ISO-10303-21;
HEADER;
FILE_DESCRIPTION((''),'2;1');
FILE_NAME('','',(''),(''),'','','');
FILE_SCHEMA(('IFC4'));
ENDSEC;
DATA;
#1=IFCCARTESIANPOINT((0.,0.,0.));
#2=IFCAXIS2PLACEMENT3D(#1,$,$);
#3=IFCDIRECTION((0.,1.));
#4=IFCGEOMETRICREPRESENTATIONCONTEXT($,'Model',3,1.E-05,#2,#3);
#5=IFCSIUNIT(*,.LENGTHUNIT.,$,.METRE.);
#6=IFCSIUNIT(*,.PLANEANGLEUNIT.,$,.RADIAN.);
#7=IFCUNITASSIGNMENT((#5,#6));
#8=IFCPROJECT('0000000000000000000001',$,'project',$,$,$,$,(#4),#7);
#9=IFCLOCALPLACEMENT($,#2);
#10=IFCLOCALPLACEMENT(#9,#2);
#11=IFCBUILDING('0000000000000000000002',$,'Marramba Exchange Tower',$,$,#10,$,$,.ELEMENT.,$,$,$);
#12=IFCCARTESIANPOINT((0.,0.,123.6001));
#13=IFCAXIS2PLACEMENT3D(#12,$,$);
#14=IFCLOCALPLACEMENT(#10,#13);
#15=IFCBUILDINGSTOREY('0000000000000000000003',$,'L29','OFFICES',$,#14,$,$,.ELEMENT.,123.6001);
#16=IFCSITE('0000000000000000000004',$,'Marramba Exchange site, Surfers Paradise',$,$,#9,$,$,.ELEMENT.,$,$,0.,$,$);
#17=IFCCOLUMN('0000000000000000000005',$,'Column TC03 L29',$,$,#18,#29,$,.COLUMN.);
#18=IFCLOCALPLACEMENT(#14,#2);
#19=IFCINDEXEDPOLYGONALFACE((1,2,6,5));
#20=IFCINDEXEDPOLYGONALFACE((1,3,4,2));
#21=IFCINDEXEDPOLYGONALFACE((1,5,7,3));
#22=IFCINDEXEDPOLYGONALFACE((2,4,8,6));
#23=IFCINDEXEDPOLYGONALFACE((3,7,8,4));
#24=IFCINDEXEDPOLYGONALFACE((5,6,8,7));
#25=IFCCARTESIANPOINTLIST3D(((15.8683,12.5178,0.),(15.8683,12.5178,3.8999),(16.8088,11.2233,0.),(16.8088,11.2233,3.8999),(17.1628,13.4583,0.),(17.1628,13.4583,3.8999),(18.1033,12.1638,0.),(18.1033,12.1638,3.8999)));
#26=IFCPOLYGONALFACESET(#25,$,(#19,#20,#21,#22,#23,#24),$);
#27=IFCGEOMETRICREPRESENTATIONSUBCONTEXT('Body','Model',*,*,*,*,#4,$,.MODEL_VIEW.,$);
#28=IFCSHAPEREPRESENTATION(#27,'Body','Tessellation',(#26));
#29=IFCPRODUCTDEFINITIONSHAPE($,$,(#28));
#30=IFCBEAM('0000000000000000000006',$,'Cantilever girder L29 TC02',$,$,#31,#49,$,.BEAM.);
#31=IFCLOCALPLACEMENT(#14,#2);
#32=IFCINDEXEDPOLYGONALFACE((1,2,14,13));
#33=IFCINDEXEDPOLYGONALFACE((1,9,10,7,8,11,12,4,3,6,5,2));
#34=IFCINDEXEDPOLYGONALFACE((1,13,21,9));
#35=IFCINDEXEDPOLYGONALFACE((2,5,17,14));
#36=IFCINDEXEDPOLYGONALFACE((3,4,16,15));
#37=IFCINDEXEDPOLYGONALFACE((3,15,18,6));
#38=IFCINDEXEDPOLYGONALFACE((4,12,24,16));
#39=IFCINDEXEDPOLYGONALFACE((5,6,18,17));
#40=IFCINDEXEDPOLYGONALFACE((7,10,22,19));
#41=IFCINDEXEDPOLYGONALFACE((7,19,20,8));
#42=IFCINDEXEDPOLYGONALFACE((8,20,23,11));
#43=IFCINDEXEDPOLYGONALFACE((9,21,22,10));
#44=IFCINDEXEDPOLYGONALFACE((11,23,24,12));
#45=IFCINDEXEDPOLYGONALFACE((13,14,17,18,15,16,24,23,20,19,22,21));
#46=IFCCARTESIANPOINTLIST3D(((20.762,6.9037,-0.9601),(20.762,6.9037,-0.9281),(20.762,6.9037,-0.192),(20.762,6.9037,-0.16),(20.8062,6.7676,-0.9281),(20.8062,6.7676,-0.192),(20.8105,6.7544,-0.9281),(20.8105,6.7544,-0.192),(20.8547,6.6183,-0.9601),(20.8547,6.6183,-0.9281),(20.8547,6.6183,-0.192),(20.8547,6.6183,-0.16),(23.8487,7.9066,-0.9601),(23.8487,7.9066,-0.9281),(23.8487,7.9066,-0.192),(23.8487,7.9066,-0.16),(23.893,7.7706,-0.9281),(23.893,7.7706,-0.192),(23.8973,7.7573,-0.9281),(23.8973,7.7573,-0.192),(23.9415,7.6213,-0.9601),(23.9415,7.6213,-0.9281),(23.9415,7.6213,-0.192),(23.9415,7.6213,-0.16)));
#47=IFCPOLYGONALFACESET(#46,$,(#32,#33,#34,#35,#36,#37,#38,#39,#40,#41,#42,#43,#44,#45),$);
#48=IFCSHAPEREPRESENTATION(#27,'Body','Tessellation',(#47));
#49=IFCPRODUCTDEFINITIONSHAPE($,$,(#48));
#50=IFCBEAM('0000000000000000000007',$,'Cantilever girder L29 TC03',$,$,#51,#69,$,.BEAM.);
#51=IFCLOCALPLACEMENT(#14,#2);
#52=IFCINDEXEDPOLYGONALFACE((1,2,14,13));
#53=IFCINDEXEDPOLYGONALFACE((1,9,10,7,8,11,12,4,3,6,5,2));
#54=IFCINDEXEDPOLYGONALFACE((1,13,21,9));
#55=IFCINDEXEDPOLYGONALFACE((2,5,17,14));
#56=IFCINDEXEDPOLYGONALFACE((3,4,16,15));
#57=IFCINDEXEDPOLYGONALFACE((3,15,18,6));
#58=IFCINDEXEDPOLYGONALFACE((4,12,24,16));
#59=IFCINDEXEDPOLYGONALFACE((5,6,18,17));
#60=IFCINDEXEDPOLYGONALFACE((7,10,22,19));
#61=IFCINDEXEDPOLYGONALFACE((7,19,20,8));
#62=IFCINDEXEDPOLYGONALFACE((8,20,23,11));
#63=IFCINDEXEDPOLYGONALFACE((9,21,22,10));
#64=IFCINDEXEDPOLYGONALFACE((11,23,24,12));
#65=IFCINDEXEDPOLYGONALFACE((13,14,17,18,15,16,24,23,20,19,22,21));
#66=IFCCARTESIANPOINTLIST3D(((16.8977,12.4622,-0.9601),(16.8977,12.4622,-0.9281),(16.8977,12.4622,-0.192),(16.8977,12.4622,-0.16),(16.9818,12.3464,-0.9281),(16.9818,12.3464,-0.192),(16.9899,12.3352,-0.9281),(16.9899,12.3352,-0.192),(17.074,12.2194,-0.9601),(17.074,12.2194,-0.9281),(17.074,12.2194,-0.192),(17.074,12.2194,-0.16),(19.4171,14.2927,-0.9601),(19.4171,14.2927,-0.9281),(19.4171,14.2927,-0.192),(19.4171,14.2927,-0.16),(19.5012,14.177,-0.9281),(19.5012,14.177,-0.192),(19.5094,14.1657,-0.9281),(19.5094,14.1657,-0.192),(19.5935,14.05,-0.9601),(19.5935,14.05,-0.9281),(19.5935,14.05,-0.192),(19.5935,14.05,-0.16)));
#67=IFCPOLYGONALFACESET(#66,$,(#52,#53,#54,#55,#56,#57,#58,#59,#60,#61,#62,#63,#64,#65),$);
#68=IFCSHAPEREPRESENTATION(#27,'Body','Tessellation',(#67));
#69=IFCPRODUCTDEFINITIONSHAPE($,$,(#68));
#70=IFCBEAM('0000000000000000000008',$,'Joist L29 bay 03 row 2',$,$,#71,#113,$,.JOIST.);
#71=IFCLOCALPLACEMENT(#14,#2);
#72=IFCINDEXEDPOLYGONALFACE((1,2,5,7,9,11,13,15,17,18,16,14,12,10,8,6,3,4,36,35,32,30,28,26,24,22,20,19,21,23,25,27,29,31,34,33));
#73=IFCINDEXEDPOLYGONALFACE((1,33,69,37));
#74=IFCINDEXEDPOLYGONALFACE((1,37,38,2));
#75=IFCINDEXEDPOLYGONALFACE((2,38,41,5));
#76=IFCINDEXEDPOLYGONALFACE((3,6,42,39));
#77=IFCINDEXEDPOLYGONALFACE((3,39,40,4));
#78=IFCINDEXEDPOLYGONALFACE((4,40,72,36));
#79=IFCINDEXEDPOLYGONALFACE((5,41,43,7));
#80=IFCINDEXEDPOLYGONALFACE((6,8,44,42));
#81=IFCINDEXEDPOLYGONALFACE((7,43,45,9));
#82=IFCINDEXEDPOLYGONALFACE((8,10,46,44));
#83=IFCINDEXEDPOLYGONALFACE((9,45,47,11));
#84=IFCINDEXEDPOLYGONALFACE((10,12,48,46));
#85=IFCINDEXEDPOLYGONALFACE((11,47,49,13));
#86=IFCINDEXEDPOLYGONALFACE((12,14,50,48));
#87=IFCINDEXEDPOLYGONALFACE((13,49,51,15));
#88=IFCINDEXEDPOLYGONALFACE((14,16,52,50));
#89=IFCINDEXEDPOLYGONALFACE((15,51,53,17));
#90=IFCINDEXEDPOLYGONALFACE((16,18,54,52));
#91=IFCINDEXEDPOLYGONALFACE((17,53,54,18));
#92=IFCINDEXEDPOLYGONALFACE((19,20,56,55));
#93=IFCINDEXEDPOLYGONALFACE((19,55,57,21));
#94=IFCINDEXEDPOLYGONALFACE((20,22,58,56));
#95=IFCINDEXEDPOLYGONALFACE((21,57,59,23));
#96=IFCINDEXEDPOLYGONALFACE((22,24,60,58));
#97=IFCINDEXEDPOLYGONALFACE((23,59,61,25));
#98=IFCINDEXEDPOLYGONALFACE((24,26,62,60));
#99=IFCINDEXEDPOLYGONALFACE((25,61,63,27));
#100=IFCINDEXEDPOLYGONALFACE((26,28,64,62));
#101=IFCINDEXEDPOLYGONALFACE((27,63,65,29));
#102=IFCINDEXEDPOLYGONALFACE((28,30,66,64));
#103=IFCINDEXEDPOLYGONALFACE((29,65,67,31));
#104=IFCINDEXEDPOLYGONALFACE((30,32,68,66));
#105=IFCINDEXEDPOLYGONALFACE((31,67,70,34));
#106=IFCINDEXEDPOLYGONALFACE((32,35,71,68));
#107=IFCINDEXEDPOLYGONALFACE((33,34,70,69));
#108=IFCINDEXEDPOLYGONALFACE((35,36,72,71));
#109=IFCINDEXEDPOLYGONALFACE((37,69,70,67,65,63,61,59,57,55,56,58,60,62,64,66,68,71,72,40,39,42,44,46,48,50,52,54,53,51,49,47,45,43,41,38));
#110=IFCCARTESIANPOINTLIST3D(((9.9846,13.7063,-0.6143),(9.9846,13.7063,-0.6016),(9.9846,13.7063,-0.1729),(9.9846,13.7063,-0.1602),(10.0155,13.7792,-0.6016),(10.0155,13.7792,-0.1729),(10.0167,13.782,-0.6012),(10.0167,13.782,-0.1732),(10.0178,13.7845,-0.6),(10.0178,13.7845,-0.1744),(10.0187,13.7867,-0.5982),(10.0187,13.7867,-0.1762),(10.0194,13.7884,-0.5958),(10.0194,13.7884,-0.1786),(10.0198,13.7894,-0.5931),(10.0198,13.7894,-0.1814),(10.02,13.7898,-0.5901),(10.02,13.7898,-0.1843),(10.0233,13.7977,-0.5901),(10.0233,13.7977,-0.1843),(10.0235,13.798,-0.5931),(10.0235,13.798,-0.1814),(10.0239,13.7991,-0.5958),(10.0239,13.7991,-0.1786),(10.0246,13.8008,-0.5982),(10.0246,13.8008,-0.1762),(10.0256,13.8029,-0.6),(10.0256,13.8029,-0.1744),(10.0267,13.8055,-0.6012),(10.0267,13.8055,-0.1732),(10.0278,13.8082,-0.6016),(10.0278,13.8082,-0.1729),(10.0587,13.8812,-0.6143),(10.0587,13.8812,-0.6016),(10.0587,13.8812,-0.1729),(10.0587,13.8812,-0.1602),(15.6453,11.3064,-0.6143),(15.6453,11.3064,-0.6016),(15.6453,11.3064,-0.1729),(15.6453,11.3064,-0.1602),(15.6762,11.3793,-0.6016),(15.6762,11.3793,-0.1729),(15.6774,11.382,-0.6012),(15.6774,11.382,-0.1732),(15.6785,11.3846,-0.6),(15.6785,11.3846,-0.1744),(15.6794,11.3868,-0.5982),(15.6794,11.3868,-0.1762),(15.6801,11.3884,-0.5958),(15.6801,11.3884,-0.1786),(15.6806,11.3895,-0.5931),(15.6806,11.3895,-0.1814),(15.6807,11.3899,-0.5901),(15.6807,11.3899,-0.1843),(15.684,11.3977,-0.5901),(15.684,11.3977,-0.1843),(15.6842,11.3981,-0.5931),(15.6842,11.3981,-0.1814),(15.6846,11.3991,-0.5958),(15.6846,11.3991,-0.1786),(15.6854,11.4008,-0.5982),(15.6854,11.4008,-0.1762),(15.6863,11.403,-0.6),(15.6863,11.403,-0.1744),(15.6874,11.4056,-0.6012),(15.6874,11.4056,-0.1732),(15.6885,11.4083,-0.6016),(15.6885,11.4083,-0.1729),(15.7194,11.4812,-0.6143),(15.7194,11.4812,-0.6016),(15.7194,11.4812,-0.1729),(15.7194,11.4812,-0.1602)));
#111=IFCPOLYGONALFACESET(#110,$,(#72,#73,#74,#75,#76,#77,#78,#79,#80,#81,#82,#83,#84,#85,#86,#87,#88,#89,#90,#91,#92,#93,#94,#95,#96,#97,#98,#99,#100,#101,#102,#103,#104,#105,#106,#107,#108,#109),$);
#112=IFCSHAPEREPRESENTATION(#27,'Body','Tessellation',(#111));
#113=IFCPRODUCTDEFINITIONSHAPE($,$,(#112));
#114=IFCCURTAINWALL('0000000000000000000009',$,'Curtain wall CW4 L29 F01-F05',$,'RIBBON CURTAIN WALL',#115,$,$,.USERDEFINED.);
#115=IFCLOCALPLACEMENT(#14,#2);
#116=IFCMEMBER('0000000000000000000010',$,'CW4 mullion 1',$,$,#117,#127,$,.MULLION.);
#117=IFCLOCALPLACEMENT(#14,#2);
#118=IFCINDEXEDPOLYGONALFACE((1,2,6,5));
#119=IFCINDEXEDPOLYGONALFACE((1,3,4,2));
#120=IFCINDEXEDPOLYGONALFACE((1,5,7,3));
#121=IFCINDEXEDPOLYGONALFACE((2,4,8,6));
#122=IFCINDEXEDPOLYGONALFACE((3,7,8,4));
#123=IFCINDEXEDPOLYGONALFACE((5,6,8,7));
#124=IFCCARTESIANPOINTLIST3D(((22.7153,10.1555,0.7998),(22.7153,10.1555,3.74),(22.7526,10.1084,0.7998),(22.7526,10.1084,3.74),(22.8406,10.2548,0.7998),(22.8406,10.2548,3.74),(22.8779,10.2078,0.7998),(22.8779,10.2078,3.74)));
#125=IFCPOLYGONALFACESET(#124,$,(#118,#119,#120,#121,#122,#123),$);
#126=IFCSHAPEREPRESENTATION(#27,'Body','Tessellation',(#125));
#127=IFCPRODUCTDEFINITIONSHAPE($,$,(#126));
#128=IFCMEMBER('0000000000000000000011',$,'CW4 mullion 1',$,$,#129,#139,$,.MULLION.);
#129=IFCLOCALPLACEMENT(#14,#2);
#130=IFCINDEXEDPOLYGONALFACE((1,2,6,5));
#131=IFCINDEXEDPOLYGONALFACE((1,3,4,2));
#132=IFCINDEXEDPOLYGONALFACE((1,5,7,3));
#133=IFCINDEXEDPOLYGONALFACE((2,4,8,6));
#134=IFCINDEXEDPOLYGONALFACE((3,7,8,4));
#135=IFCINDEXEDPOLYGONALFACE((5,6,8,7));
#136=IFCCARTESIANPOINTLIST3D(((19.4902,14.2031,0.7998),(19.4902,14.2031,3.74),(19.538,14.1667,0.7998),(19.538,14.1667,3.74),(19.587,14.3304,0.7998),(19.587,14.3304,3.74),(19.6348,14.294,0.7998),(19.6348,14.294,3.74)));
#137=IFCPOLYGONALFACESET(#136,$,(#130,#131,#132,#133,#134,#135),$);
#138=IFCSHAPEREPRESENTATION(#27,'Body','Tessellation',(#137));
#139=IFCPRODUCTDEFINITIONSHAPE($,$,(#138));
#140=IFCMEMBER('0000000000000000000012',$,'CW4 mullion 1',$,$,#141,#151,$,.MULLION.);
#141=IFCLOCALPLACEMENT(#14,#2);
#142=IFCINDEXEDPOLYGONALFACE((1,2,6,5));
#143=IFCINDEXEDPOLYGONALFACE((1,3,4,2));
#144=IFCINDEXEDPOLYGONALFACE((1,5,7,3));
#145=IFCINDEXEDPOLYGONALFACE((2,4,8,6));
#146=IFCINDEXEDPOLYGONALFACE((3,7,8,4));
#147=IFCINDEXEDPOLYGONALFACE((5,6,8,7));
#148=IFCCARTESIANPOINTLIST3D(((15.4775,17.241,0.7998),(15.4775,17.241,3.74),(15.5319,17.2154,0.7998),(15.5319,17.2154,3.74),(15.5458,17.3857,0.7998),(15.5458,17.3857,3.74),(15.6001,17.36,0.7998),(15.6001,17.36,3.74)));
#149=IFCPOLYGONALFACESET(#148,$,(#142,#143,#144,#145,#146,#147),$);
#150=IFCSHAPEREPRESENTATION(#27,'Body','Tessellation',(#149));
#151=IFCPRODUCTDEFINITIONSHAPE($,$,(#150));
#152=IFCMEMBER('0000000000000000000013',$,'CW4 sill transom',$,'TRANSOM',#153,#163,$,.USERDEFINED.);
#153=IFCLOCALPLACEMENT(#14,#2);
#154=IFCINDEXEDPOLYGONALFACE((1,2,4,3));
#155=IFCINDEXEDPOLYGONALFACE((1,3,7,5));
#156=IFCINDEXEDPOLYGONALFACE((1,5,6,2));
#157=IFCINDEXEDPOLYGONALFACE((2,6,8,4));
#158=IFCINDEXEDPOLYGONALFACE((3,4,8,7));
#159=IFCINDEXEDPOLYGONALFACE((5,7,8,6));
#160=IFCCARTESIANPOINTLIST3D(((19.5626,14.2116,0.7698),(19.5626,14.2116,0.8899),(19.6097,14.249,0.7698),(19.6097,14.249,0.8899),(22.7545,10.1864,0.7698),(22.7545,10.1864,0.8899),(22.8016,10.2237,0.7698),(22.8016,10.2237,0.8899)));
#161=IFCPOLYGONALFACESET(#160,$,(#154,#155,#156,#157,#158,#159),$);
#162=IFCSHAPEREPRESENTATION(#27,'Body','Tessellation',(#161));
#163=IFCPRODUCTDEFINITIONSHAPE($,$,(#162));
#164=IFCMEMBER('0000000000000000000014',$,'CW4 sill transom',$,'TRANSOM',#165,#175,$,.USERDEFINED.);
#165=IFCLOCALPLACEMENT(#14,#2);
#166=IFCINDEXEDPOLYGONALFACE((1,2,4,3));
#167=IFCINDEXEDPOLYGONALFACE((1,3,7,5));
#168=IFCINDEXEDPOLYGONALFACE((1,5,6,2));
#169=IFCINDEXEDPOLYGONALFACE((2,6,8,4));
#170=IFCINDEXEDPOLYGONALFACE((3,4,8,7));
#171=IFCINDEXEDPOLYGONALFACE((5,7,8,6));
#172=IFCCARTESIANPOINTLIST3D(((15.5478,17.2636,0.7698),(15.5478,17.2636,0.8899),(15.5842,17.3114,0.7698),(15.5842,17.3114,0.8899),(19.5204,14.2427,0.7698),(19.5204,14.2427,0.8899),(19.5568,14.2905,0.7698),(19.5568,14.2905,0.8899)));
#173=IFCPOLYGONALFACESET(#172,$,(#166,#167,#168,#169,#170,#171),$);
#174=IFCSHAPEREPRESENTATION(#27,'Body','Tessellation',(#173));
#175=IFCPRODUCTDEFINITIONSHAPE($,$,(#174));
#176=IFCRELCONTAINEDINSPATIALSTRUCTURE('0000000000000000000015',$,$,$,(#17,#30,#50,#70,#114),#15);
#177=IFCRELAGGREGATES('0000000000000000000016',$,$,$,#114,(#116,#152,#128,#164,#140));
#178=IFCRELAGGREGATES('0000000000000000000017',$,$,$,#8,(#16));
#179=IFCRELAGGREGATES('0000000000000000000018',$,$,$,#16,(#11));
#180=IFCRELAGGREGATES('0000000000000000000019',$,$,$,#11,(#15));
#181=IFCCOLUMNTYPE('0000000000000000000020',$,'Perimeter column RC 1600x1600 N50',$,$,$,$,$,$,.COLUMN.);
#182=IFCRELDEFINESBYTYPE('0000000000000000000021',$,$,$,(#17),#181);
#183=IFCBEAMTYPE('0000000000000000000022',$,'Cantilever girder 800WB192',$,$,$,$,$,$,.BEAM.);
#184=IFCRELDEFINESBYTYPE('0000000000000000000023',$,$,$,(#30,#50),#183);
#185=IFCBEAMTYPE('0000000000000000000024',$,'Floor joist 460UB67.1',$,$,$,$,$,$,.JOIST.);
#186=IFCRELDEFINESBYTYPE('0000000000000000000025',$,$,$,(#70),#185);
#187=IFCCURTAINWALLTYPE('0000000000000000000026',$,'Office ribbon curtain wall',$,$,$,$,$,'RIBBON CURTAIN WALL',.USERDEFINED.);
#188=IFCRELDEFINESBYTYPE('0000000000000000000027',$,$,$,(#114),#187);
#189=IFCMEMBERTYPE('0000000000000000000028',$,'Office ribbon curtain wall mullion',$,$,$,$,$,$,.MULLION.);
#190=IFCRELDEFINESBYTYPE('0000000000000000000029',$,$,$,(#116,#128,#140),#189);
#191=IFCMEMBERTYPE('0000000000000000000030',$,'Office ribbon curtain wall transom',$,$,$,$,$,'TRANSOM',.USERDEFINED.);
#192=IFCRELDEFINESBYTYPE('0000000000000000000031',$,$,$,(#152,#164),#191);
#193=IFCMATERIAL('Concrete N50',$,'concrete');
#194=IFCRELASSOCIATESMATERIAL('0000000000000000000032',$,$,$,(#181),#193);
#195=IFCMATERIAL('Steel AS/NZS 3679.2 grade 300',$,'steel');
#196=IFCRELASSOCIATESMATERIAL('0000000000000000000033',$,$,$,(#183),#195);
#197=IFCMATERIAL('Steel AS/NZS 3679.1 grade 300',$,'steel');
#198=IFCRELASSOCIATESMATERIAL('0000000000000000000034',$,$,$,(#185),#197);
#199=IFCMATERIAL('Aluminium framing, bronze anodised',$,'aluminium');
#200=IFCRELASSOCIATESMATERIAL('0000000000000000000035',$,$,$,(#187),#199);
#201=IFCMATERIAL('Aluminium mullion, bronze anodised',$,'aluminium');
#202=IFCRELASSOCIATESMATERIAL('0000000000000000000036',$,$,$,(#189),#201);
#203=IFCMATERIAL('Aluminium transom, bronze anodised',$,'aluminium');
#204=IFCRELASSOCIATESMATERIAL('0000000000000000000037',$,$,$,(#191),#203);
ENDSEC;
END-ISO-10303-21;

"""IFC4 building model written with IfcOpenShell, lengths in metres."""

from ifc_helpers import new_model, si_unit, direction, frame, origin, origin_2d, place, context, subcontext, project, spatial, rectangle, i_section, extrude, material, material_profile, profile_set, type_object, element, aggregate, save


model = new_model("IFC4")

# Units and contexts
model_context = context("Model", 3, precision=1e-05, world=origin(), true_north=direction((0.0, 1.0)))
body_context = subcontext(model_context, "Body", "Model", "MODEL_VIEW")
ifc_project = project(units=[si_unit("LENGTHUNIT", "METRE"), si_unit("PLANEANGLEUNIT", "RADIAN")], contexts=[model_context])

# Site, building, storey
site_placement = place(None, origin())
site = spatial("IfcSite", under=ifc_project, at=site_placement, Name="Marramba Exchange site, Surfers Paradise", CompositionType="ELEMENT", RefElevation=0.0)
building_placement = place(site_placement, origin())
building = spatial("IfcBuilding", under=site, at=building_placement, Name="Marramba Exchange Tower", CompositionType="ELEMENT")
storey_placement = place(building_placement, frame((0.0, 0.0, 123.6001)))
storey = spatial("IfcBuildingStorey", under=building, at=storey_placement, Name="L29", Description="OFFICES", CompositionType="ELEMENT", Elevation=123.6001)

# Column
ifc_material_1 = material(Name="Concrete N50", Category="concrete")
ifc_material_profile_1 = material_profile(ifc_material_1, rectangle(XDim=1.6001, YDim=1.6001, at=origin_2d()), Name="RC 1600x1600")
ifc_profile_set_1 = profile_set([ifc_material_profile_1], Name="Concrete N50")
column_type = type_object("IfcColumnType", Name="Perimeter column RC 1600x1600 N50", PredefinedType="COLUMN", material=ifc_profile_set_1)
column_placement = place(storey_placement, frame((16.9858, 12.3408, 0.0), z_axis=(0.0, 0.0, 1.0), x_axis=(0.809017, 0.587785, 0.0)))
element("IfcColumn", 1, at=column_placement, inside=storey, type_object=column_type, Name="Column TC03 L29", PredefinedType="COLUMN", context=body_context, shape_type="SweptSolid", body=[
    extrude(rectangle(XDim=1.6001, YDim=1.6001, at=origin_2d()), origin(), (0.0, 0.0, 1.0), 3.8999),
])

# Beams
ifc_material_2 = material(Name="Steel AS/NZS 3679.2 grade 300", Category="steel")
ifc_material_profile_2 = material_profile(ifc_material_2, i_section(OverallWidth=0.3, OverallDepth=0.8, WebThickness=0.0139, FlangeThickness=0.032, at=origin_2d()), Name="800WB192")
ifc_profile_set_2 = profile_set([ifc_material_profile_2], Name="Steel AS/NZS 3679.2 grade 300")
beam_type_1 = type_object("IfcBeamType", Name="Cantilever girder 800WB192", PredefinedType="BEAM", material=ifc_profile_set_2)
beam_1_placement = place(storey_placement, frame((20.8083, 6.761, -0.5601), z_axis=(0.951056, 0.30902, 0.0), x_axis=(-0.30902, 0.951056, 0.0)))
element("IfcBeam", 2, at=beam_1_placement, inside=storey, type_object=beam_type_1, Name="Cantilever girder L29 TC02", PredefinedType="BEAM", context=body_context, shape_type="SweptSolid", body=[
    extrude(i_section(OverallWidth=0.3, OverallDepth=0.8, WebThickness=0.0139, FlangeThickness=0.032, at=origin_2d()), origin(), (0.0, 0.0, 1.0), 3.2456),
])
beam_2_placement = place(storey_placement, frame((16.9858, 12.3408, -0.5601), z_axis=(0.809014, 0.587789, 0.0), x_axis=(-0.587789, 0.809014, 0.0)))
element("IfcBeam", 3, at=beam_2_placement, inside=storey, type_object=beam_type_1, Name="Cantilever girder L29 TC03", PredefinedType="BEAM", context=body_context, shape_type="SweptSolid", body=[
    extrude(i_section(OverallWidth=0.3, OverallDepth=0.8, WebThickness=0.0139, FlangeThickness=0.032, at=origin_2d()), origin(), (0.0, 0.0, 1.0), 3.1143),
])
ifc_material_3 = material(Name="Steel AS/NZS 3679.1 grade 300", Category="steel")
ifc_material_profile_3 = material_profile(ifc_material_3, i_section(OverallWidth=0.1899, OverallDepth=0.4541, WebThickness=0.0085, FlangeThickness=0.0127, FilletRadius=0.0115, at=origin_2d()), Name="460UB67.1")
ifc_profile_set_3 = profile_set([ifc_material_profile_3], Name="Steel AS/NZS 3679.1 grade 300")
beam_type_2 = type_object("IfcBeamType", Name="Floor joist 460UB67.1", PredefinedType="JOIST", material=ifc_profile_set_3)
beam_3_placement = place(storey_placement, frame((15.6824, 11.3938, -0.3872), z_axis=(-0.920674, 0.390332, 0.0), x_axis=(-0.390332, -0.920674, 0.0)))
element("IfcBeam", 4, at=beam_3_placement, inside=storey, type_object=beam_type_2, Name="Joist L29 bay 03 row 2", PredefinedType="JOIST", context=body_context, shape_type="SweptSolid", body=[
    extrude(i_section(OverallWidth=0.1899, OverallDepth=0.4541, WebThickness=0.0085, FlangeThickness=0.0127, FilletRadius=0.0115, at=origin_2d()), origin(), (0.0, 0.0, 1.0), 6.1484),
])

# Curtain wall, members
ifc_material_4 = material(Name="Aluminium framing, bronze anodised", Category="aluminium")
curtain_wall_type = type_object("IfcCurtainWallType", Name="Office ribbon curtain wall", ElementType="RIBBON CURTAIN WALL", PredefinedType="USERDEFINED", material=ifc_material_4)
curtain_wall_placement = place(storey_placement, origin())
curtain_wall = element("IfcCurtainWall", 5, at=curtain_wall_placement, inside=storey, type_object=curtain_wall_type, Name="Curtain wall CW4 L29 F01-F05", ObjectType="RIBBON CURTAIN WALL", PredefinedType="USERDEFINED")
ifc_material_5 = material(Name="Aluminium mullion, bronze anodised", Category="aluminium")
ifc_material_profile_4 = material_profile(ifc_material_5, rectangle(XDim=0.1599, YDim=0.0601, at=origin_2d()), Name="CW4 mullion 60x160")
ifc_profile_set_4 = profile_set([ifc_material_profile_4], Name="Aluminium mullion, bronze anodised")
member_type_1 = type_object("IfcMemberType", Name="Office ribbon curtain wall mullion", PredefinedType="MULLION", material=ifc_profile_set_4)
member_1_placement = place(storey_placement, frame((22.7966, 10.1816, 0.7998), z_axis=(0.0, 0.0, 1.0), x_axis=(-0.783563, -0.621312, 0.0)))
member_1 = element("IfcMember", 6, at=member_1_placement, type_object=member_type_1, Name="CW4 mullion 1", PredefinedType="MULLION", context=body_context, shape_type="SweptSolid", body=[
    extrude(rectangle(XDim=0.1599, YDim=0.0601, at=origin_2d()), origin(), (0.0, 0.0, 1.0), 2.9402),
])
member_2_placement = place(storey_placement, frame((19.5625, 14.2485, 0.7998), z_axis=(0.0, 0.0, 1.0), x_axis=(-0.605334, -0.795972, 0.0)))
member_2 = element("IfcMember", 7, at=member_2_placement, type_object=member_type_1, Name="CW4 mullion 1", PredefinedType="MULLION", context=body_context, shape_type="SweptSolid", body=[
    extrude(rectangle(XDim=0.1599, YDim=0.0601, at=origin_2d()), origin(), (0.0, 0.0, 1.0), 2.9402),
])
member_3_placement = place(storey_placement, frame((15.5388, 17.3005, 0.7998), z_axis=(0.0, 0.0, 1.0), x_axis=(-0.426679, -0.904403, 0.0)))
member_3 = element("IfcMember", 8, at=member_3_placement, type_object=member_type_1, Name="CW4 mullion 1", PredefinedType="MULLION", context=body_context, shape_type="SweptSolid", body=[
    extrude(rectangle(XDim=0.1599, YDim=0.0601, at=origin_2d()), origin(), (0.0, 0.0, 1.0), 2.9402),
])
ifc_material_6 = material(Name="Aluminium transom, bronze anodised", Category="aluminium")
ifc_material_profile_5 = material_profile(ifc_material_6, rectangle(XDim=0.0601, YDim=0.1201, at=origin_2d()), Name="CW4 transom 60x120")
ifc_profile_set_5 = profile_set([ifc_material_profile_5], Name="Aluminium transom, bronze anodised")
member_type_2 = type_object("IfcMemberType", Name="Office ribbon curtain wall transom", ElementType="TRANSOM", PredefinedType="USERDEFINED", material=ifc_profile_set_5)
member_4_placement = place(storey_placement, frame((22.7781, 10.2051, 0.8298), z_axis=(-0.621339, 0.783542, 0.0), x_axis=(-0.783542, -0.621339, 0.0)))
member_4 = element("IfcMember", 9, at=member_4_placement, type_object=member_type_2, Name="CW4 sill transom", ObjectType="TRANSOM", PredefinedType="USERDEFINED", context=body_context, shape_type="SweptSolid", body=[
    extrude(rectangle(XDim=0.0601, YDim=0.1201, at=origin_2d()), origin(), (0.0, 0.0, 1.0), 5.1372),
])
member_5_placement = place(storey_placement, frame((19.5386, 14.2666, 0.8298), z_axis=(-0.795991, 0.605309, 0.0), x_axis=(-0.605309, -0.795991, 0.0)))
member_5 = element("IfcMember", 10, at=member_5_placement, type_object=member_type_2, Name="CW4 sill transom", ObjectType="TRANSOM", PredefinedType="USERDEFINED", context=body_context, shape_type="SweptSolid", body=[
    extrude(rectangle(XDim=0.0601, YDim=0.1201, at=origin_2d()), origin(), (0.0, 0.0, 1.0), 4.9907),
])

aggregate(curtain_wall, [member_1, member_4, member_2, member_5, member_3])

save(model, "model.ifc")
